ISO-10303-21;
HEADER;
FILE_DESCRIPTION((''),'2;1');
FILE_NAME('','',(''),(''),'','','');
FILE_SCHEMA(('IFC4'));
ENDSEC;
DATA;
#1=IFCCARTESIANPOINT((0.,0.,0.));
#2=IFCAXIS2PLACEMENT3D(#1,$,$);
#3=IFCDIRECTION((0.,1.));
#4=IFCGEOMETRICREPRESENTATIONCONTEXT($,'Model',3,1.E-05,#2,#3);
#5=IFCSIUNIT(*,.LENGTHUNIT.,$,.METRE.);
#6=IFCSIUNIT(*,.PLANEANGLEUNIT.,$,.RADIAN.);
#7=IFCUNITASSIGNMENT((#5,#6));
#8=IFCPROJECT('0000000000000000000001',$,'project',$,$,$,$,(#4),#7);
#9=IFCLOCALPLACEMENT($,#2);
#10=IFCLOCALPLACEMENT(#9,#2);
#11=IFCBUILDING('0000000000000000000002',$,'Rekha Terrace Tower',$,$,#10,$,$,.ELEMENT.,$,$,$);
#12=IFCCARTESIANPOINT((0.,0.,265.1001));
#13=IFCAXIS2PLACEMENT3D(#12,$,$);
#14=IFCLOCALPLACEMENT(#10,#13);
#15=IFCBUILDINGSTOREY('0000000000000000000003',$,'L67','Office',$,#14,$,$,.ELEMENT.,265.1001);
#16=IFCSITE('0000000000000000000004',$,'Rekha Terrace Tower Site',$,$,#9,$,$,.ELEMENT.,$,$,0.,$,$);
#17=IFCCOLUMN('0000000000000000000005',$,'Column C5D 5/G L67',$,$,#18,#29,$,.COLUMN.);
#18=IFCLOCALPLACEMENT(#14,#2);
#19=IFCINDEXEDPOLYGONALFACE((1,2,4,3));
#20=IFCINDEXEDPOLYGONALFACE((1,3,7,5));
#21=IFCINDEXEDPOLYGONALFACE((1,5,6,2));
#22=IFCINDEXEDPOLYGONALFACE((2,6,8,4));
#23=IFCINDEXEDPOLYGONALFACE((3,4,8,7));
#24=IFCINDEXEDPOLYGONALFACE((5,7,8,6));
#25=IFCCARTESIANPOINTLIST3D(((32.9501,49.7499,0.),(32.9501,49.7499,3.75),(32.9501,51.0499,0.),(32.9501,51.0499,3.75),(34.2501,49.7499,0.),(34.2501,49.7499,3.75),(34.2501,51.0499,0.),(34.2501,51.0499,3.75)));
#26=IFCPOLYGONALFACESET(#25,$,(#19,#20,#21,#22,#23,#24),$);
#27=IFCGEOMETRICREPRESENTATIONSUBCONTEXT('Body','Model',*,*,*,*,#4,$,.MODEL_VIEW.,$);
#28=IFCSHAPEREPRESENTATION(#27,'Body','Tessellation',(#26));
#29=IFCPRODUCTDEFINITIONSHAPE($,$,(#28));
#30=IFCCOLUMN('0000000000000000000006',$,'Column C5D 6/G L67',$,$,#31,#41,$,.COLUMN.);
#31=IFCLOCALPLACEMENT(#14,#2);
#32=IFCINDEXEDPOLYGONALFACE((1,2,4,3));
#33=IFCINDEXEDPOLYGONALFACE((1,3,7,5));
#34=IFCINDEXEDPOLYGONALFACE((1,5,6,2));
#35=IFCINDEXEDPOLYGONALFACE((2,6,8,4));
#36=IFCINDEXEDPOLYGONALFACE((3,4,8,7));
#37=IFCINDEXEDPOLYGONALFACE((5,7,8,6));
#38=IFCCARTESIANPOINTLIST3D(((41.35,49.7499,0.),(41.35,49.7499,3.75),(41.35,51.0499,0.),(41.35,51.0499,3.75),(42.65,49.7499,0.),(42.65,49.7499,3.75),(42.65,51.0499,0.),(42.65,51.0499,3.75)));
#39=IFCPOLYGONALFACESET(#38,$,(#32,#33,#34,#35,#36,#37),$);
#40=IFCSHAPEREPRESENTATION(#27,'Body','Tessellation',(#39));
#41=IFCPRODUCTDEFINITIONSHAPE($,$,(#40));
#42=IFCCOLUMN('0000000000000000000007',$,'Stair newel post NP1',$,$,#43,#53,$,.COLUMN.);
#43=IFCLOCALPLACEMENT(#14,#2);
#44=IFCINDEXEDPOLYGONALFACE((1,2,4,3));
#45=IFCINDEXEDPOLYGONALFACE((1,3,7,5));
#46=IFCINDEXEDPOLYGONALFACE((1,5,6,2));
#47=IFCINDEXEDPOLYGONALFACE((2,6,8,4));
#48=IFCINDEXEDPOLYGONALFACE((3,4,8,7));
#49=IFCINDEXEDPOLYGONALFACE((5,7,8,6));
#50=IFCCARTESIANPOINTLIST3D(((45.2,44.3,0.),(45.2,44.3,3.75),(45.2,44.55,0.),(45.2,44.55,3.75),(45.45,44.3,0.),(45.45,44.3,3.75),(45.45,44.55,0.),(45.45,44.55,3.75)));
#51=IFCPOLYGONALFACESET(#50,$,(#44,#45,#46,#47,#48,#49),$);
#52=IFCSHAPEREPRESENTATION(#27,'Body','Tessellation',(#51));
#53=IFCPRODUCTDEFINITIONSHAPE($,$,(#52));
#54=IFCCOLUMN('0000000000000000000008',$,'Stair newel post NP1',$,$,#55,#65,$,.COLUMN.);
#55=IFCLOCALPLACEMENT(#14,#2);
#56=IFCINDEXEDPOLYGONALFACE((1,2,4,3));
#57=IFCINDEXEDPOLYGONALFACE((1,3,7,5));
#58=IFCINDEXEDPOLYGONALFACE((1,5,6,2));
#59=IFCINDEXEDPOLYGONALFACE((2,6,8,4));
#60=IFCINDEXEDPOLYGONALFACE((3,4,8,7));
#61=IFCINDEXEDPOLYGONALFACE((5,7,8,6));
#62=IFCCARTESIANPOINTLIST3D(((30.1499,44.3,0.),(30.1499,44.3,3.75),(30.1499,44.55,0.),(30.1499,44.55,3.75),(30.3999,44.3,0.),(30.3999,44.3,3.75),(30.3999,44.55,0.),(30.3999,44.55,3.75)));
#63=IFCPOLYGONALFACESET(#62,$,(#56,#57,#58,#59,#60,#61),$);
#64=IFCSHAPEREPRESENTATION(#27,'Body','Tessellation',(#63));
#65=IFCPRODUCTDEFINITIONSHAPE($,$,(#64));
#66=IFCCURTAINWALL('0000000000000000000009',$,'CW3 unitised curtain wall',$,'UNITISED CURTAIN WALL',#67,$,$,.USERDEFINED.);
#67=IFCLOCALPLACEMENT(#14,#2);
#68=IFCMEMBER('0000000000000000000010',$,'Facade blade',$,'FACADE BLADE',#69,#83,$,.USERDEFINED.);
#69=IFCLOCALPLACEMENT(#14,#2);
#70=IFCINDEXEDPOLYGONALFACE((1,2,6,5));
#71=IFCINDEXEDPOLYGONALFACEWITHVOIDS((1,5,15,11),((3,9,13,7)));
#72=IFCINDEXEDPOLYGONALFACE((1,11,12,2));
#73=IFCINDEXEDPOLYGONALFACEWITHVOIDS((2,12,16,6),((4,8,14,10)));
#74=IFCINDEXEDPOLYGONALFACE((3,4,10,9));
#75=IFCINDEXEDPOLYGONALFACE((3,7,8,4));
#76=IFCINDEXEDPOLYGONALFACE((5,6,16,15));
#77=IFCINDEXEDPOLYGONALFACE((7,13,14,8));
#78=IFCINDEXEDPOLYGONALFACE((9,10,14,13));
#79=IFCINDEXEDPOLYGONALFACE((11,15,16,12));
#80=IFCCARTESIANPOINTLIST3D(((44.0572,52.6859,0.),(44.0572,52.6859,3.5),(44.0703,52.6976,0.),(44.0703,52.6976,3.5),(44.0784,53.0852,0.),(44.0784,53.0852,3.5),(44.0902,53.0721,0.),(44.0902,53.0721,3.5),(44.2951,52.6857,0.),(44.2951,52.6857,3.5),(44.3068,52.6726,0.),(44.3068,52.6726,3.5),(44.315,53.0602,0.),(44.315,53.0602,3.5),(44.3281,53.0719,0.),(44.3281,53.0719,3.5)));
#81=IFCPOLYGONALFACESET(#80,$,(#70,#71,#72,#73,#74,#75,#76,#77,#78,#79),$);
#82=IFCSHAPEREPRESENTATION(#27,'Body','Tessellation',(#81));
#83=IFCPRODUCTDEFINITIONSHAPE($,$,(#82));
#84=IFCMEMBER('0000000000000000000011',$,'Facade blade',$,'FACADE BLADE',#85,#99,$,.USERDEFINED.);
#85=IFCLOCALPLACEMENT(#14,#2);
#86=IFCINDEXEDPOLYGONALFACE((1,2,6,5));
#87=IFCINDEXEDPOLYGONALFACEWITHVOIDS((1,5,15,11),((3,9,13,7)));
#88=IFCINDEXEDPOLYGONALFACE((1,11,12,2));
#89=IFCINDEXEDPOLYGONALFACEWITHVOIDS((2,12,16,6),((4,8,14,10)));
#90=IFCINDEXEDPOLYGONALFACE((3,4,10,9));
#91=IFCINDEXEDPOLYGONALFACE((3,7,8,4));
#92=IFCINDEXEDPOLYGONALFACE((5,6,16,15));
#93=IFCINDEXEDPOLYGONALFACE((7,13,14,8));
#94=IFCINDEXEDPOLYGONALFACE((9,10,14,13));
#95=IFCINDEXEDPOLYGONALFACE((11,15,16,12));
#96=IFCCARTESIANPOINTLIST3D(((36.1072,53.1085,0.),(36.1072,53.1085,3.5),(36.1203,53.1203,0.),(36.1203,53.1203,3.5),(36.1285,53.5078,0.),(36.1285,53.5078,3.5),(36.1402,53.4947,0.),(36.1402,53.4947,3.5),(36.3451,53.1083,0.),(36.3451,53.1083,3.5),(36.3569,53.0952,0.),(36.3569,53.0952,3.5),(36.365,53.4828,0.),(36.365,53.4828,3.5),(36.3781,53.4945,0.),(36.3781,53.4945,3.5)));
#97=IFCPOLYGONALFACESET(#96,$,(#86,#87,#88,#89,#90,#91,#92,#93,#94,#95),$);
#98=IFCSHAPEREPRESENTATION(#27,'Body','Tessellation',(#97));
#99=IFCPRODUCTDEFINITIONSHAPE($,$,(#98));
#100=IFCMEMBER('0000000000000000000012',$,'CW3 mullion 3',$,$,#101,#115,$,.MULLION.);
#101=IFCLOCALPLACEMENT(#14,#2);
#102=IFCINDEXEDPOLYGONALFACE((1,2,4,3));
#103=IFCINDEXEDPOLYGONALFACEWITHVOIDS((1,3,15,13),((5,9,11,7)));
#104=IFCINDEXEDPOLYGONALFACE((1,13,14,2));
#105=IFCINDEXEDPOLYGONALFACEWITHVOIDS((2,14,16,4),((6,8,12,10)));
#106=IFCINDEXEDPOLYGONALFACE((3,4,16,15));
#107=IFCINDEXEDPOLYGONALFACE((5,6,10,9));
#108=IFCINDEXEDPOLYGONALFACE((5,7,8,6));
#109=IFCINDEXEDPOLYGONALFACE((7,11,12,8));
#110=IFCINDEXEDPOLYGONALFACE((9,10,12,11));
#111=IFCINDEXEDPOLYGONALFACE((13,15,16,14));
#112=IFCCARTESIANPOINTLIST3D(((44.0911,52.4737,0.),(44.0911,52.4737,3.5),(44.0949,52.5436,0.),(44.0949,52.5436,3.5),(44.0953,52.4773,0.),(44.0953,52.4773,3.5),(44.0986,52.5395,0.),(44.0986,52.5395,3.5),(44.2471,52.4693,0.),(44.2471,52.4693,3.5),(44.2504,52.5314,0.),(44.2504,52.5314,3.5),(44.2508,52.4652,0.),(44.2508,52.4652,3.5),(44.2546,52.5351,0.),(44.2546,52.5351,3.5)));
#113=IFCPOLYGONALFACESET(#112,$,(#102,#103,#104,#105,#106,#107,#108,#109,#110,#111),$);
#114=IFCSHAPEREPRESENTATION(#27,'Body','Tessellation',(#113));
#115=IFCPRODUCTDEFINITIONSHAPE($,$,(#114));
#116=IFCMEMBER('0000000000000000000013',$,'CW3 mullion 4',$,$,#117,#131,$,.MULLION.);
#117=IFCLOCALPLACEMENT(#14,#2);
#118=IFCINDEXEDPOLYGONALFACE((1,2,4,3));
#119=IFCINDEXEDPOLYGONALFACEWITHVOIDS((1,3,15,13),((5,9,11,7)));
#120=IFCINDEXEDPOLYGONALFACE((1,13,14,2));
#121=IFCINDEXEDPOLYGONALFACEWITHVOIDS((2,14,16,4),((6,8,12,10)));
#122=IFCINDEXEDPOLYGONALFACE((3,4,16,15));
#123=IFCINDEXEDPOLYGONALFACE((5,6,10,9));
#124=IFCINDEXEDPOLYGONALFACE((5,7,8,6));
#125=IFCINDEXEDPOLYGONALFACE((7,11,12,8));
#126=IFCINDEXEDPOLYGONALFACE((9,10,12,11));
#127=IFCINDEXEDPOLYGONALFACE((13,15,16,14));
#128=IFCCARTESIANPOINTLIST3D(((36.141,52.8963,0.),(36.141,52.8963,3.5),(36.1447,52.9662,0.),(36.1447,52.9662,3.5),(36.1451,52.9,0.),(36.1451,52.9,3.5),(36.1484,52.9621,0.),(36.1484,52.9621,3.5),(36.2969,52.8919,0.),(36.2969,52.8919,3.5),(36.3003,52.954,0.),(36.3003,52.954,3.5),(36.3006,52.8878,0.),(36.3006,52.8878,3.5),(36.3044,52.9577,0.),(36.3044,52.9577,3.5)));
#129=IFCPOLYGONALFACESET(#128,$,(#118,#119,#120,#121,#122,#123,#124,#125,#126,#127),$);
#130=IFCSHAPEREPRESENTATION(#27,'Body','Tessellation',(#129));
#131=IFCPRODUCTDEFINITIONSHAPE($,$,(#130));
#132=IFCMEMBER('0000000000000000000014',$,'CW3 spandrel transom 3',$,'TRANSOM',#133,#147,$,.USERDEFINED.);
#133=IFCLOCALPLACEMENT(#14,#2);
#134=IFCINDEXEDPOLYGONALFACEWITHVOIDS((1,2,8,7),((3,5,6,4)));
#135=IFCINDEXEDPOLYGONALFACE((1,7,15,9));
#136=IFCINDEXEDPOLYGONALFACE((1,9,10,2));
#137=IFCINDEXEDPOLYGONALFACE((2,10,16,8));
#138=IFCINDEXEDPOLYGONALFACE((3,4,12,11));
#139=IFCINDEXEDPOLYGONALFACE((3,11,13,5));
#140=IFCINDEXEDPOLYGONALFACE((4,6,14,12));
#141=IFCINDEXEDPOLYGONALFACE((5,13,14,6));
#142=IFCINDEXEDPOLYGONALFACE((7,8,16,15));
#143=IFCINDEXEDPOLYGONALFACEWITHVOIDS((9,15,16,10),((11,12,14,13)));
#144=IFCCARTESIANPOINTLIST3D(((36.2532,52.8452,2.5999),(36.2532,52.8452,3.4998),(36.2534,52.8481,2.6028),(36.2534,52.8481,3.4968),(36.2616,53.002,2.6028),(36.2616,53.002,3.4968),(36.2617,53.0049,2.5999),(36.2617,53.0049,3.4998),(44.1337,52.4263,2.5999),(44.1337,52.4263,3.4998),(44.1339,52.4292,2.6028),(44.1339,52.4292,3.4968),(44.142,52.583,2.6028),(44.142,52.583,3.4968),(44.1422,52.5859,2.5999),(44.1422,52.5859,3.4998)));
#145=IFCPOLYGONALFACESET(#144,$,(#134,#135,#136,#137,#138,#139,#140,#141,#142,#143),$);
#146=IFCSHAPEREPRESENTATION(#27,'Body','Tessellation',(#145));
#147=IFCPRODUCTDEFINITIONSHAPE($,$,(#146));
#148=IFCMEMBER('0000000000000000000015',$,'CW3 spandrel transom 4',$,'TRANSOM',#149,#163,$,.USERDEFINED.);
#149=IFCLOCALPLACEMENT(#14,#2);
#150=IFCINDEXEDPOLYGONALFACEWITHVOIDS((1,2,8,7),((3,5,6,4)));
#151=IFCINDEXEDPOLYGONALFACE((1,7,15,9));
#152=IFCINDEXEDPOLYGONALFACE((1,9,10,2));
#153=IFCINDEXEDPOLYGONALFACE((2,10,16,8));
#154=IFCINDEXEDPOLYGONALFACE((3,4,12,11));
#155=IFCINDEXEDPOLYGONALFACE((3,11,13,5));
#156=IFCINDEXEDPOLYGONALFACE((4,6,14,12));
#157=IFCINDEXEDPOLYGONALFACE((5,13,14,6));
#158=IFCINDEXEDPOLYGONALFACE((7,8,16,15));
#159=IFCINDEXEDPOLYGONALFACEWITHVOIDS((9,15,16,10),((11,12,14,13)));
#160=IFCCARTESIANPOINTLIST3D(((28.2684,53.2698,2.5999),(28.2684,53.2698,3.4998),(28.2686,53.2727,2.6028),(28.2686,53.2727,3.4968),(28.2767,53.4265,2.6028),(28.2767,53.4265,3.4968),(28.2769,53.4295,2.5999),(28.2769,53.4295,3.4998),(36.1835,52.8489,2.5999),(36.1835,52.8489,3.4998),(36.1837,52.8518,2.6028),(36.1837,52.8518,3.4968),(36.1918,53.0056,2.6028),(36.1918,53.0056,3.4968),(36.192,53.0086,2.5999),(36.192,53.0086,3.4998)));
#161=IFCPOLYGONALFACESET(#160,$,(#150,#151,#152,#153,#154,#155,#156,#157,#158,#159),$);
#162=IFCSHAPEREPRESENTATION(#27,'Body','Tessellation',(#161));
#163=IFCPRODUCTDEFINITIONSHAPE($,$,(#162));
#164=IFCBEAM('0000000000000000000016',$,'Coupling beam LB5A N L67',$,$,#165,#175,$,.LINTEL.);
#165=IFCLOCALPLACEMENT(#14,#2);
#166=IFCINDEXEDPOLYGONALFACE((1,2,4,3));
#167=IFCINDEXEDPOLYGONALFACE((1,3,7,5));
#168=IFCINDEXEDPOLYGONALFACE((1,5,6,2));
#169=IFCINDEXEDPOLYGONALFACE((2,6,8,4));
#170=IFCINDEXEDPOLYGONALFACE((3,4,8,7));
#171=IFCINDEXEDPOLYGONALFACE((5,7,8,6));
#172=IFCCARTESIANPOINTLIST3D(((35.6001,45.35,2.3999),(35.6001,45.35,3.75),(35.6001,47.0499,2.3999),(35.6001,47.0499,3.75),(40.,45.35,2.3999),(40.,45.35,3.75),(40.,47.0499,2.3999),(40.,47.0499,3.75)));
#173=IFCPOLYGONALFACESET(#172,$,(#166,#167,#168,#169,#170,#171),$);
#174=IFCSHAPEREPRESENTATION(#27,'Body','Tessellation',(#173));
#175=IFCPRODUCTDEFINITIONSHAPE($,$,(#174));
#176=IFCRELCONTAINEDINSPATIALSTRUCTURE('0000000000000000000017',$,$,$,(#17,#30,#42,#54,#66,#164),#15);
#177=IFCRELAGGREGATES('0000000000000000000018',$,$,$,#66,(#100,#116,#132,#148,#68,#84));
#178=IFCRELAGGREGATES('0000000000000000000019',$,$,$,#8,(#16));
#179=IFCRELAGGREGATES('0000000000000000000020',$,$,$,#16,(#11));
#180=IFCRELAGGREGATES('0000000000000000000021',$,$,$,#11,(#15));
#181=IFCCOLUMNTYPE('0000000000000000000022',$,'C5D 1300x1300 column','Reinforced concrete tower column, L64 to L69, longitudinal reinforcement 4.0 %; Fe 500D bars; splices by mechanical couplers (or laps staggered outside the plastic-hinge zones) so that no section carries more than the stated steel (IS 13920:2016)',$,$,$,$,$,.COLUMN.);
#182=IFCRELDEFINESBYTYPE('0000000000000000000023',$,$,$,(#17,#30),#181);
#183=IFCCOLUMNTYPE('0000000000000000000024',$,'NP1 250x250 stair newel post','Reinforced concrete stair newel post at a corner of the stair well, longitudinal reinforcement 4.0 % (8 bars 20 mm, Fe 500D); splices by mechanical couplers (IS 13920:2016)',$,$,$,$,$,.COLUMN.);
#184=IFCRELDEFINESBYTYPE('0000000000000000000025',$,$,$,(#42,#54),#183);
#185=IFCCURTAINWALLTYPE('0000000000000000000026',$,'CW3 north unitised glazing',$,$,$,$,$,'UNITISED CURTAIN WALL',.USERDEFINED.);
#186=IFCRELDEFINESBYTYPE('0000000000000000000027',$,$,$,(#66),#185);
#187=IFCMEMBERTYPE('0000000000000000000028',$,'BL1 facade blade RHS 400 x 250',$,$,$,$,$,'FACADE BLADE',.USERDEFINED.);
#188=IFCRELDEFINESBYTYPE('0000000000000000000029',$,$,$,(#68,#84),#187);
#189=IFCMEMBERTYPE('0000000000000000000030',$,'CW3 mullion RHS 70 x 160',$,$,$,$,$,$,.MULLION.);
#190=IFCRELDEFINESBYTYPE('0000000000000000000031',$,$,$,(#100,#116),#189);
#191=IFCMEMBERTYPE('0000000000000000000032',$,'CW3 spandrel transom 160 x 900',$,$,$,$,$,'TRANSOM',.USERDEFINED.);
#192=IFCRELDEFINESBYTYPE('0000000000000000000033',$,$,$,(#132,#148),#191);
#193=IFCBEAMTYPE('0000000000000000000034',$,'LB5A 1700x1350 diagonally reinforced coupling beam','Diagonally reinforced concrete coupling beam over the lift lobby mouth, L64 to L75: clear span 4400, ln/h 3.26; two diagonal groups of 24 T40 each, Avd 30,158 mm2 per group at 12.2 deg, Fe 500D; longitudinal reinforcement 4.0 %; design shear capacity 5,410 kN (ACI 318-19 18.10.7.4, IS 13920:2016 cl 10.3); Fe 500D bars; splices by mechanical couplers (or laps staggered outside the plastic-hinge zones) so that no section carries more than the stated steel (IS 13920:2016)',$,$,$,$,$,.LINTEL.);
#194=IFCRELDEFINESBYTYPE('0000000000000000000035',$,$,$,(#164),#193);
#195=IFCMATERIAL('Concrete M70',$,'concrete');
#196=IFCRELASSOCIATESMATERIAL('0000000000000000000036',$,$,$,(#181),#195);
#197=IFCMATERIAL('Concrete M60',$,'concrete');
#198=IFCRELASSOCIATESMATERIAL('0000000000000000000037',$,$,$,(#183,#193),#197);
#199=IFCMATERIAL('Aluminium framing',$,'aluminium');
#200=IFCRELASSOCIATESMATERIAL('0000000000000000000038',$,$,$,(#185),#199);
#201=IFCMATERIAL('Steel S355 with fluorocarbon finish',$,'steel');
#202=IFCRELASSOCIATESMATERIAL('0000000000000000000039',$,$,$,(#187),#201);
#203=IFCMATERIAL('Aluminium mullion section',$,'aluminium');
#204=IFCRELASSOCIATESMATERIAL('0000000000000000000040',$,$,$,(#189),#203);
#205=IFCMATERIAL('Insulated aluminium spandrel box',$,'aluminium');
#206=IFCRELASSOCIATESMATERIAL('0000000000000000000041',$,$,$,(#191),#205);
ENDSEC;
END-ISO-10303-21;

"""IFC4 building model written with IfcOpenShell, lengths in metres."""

from ifc_helpers import new_model, si_unit, direction, frame, origin, origin_2d, place, context, subcontext, project, spatial, rectangle, hollow_rectangle, extrude, material, material_profile, profile_set, type_object, element, aggregate, save


model = new_model("IFC4")

# Units and contexts
model_context = context("Model", 3, precision=1e-05, world=origin(), true_north=direction((0.0, 1.0)))
body_context = subcontext(model_context, "Body", "Model", "MODEL_VIEW")
ifc_project = project(units=[si_unit("LENGTHUNIT", "METRE"), si_unit("PLANEANGLEUNIT", "RADIAN")], contexts=[model_context])

# Site, building, storey
site_placement = place(None, origin())
site = spatial("IfcSite", under=ifc_project, at=site_placement, Name="Rekha Terrace Tower Site", CompositionType="ELEMENT", RefElevation=0.0)
building_placement = place(site_placement, origin())
building = spatial("IfcBuilding", under=site, at=building_placement, Name="Rekha Terrace Tower", CompositionType="ELEMENT")
storey_placement = place(building_placement, frame((0.0, 0.0, 265.1001)))
storey = spatial("IfcBuildingStorey", under=building, at=storey_placement, Name="L67", Description="Office", CompositionType="ELEMENT", Elevation=265.1001)

# Columns
ifc_material_1 = material(Name="Concrete M70", Category="concrete")
ifc_material_profile_1 = material_profile(ifc_material_1, rectangle(XDim=1.3, YDim=1.3, at=origin_2d()), Name="RC 1300x1300")
ifc_profile_set_1 = profile_set([ifc_material_profile_1], Name="Concrete M70")
column_type_1 = type_object("IfcColumnType", Name="C5D 1300x1300 column", Description="Reinforced concrete tower column, L64 to L69, longitudinal reinforcement 4.0 %; Fe 500D bars; splices by mechanical couplers (or laps staggered outside the plastic-hinge zones) so that no section carries more than the stated steel (IS 13920:2016)", PredefinedType="COLUMN", material=ifc_profile_set_1)
for number, where, z_axis, x_axis, name in (
    (1, (33.6001, 50.3999, 0.0), (0.0, 0.0, 1.0), (1.0, 0.0, 0.0), "Column C5D 5/G L67"),
    (2, (42.0, 50.3999, 0.0), (0.0, 0.0, 1.0), (1.0, 0.0, 0.0), "Column C5D 6/G L67"),
):
    element("IfcColumn", number, at=place(storey_placement, frame(where, z_axis=z_axis, x_axis=x_axis)), inside=storey, type_object=column_type_1, Name=name, PredefinedType="COLUMN", context=body_context, shape_type="SweptSolid", body=[
        extrude(rectangle(XDim=1.3, YDim=1.3, at=origin_2d()), origin(), (0.0, 0.0, 1.0), 3.75),
    ])
ifc_material_2 = material(Name="Concrete M60", Category="concrete")
ifc_material_profile_2 = material_profile(ifc_material_2, rectangle(XDim=0.25, YDim=0.25, at=origin_2d()), Name="RC 250x250")
ifc_profile_set_2 = profile_set([ifc_material_profile_2], Name="Concrete M60")
column_type_2 = type_object("IfcColumnType", Name="NP1 250x250 stair newel post", Description="Reinforced concrete stair newel post at a corner of the stair well, longitudinal reinforcement 4.0 % (8 bars 20 mm, Fe 500D); splices by mechanical couplers (IS 13920:2016)", PredefinedType="COLUMN", material=ifc_profile_set_2)
for number, where, z_axis, x_axis, name in (
    (3, (45.325, 44.425, 0.0), (0.0, 0.0, 1.0), (1.0, 0.0, 0.0), "Stair newel post NP1"),
    (4, (30.2749, 44.425, 0.0), (0.0, 0.0, 1.0), (1.0, 0.0, 0.0), "Stair newel post NP1"),
):
    element("IfcColumn", number, at=place(storey_placement, frame(where, z_axis=z_axis, x_axis=x_axis)), inside=storey, type_object=column_type_2, Name=name, PredefinedType="COLUMN", context=body_context, shape_type="SweptSolid", body=[
        extrude(rectangle(XDim=0.25, YDim=0.25, at=origin_2d()), origin(), (0.0, 0.0, 1.0), 3.75),
    ])

# Curtain wall, members
ifc_material_3 = material(Name="Aluminium framing", Category="aluminium")
curtain_wall_type = type_object("IfcCurtainWallType", Name="CW3 north unitised glazing", ElementType="UNITISED CURTAIN WALL", PredefinedType="USERDEFINED", material=ifc_material_3)
curtain_wall_placement = place(storey_placement, origin())
curtain_wall = element("IfcCurtainWall", 5, at=curtain_wall_placement, inside=storey, type_object=curtain_wall_type, Name="CW3 unitised curtain wall", ObjectType="UNITISED CURTAIN WALL", PredefinedType="USERDEFINED")
ifc_material_4 = material(Name="Steel S355 with fluorocarbon finish", Category="steel")
ifc_material_profile_3 = material_profile(ifc_material_4, hollow_rectangle(XDim=0.25, YDim=0.3999, WallThickness=0.0125, at=origin_2d()), Name="RHS400x250x12.5")
ifc_profile_set_3 = profile_set([ifc_material_profile_3], Name="Steel S355 with fluorocarbon finish")
member_type_1 = type_object("IfcMemberType", Name="BL1 facade blade RHS 400 x 250", ElementType="FACADE BLADE", PredefinedType="USERDEFINED", material=ifc_profile_set_3)
member_1_placement = place(storey_placement, frame((44.1926, 52.8789, 0.0), z_axis=(0.0, 0.0, 1.0), x_axis=(-0.99859, 0.053084, 0.0)))
member_1 = element("IfcMember", 6, at=member_1_placement, type_object=member_type_1, Name="Facade blade", ObjectType="FACADE BLADE", PredefinedType="USERDEFINED", context=body_context, shape_type="SweptSolid", body=[
    extrude(hollow_rectangle(XDim=0.25, YDim=0.3999, WallThickness=0.0125, at=origin_2d()), origin(), (0.0, 0.0, 1.0), 3.5),
])
member_2_placement = place(storey_placement, frame((36.2427, 53.3015, 0.0), z_axis=(0.0, 0.0, 1.0), x_axis=(-0.99859, 0.053084, 0.0)))
member_2 = element("IfcMember", 7, at=member_2_placement, type_object=member_type_1, Name="Facade blade", ObjectType="FACADE BLADE", PredefinedType="USERDEFINED", context=body_context, shape_type="SweptSolid", body=[
    extrude(hollow_rectangle(XDim=0.25, YDim=0.3999, WallThickness=0.0125, at=origin_2d()), origin(), (0.0, 0.0, 1.0), 3.5),
])
ifc_material_5 = material(Name="Aluminium mullion section", Category="aluminium")
ifc_material_profile_4 = material_profile(ifc_material_5, hollow_rectangle(XDim=0.0701, YDim=0.1599, WallThickness=0.0039, at=origin_2d()), Name="AL RHS 70x160")
ifc_profile_set_4 = profile_set([ifc_material_profile_4], Name="Aluminium mullion section")
member_type_2 = type_object("IfcMemberType", Name="CW3 mullion RHS 70 x 160", PredefinedType="MULLION", material=ifc_profile_set_4)
member_3_placement = place(storey_placement, frame((44.1729, 52.5044, 0.0), z_axis=(0.0, 0.0, 1.0), x_axis=(-0.053083, -0.99859, 0.0)))
member_3 = element("IfcMember", 8, at=member_3_placement, type_object=member_type_2, Name="CW3 mullion 3", PredefinedType="MULLION", context=body_context, shape_type="SweptSolid", body=[
    extrude(hollow_rectangle(XDim=0.0701, YDim=0.1599, WallThickness=0.0039, at=origin_2d()), origin(), (0.0, 0.0, 1.0), 3.5),
])
member_4_placement = place(storey_placement, frame((36.2227, 52.927, 0.0), z_axis=(0.0, 0.0, 1.0), x_axis=(-0.053083, -0.99859, 0.0)))
member_4 = element("IfcMember", 9, at=member_4_placement, type_object=member_type_2, Name="CW3 mullion 4", PredefinedType="MULLION", context=body_context, shape_type="SweptSolid", body=[
    extrude(hollow_rectangle(XDim=0.0701, YDim=0.1599, WallThickness=0.0039, at=origin_2d()), origin(), (0.0, 0.0, 1.0), 3.5),
])
ifc_material_6 = material(Name="Insulated aluminium spandrel box", Category="aluminium")
ifc_material_profile_5 = material_profile(ifc_material_6, hollow_rectangle(XDim=0.1599, YDim=0.8999, WallThickness=0.0029, at=origin_2d()), Name="AL SPANDREL BOX 160x900")
ifc_profile_set_5 = profile_set([ifc_material_profile_5], Name="Insulated aluminium spandrel box")
member_type_3 = type_object("IfcMemberType", Name="CW3 spandrel transom 160 x 900", ElementType="TRANSOM", PredefinedType="USERDEFINED", material=ifc_profile_set_5)
member_5_placement = place(storey_placement, frame((44.1379, 52.5061, 3.0498), z_axis=(-0.99859, 0.053088, 0.0), x_axis=(-0.053088, -0.99859, 0.0)))
member_5 = element("IfcMember", 10, at=member_5_placement, type_object=member_type_3, Name="CW3 spandrel transom 3", ObjectType="TRANSOM", PredefinedType="USERDEFINED", context=body_context, shape_type="SweptSolid", body=[
    extrude(hollow_rectangle(XDim=0.1599, YDim=0.8999, WallThickness=0.0029, at=origin_2d()), origin(), (0.0, 0.0, 1.0), 7.8916),
])
member_6_placement = place(storey_placement, frame((36.1877, 52.9287, 3.0498), z_axis=(-0.998589, 0.053102, 0.0), x_axis=(-0.053102, -0.998589, 0.0)))
member_6 = element("IfcMember", 11, at=member_6_placement, type_object=member_type_3, Name="CW3 spandrel transom 4", ObjectType="TRANSOM", PredefinedType="USERDEFINED", context=body_context, shape_type="SweptSolid", body=[
    extrude(hollow_rectangle(XDim=0.1599, YDim=0.8999, WallThickness=0.0029, at=origin_2d()), origin(), (0.0, 0.0, 1.0), 7.9263),
])

# Beam
ifc_material_profile_6 = material_profile(ifc_material_2, rectangle(XDim=1.7, YDim=1.3501, at=origin_2d()), Name="RC 1700x1350")
ifc_profile_set_6 = profile_set([ifc_material_profile_6], Name="Concrete M60")
beam_type = type_object("IfcBeamType", Name="LB5A 1700x1350 diagonally reinforced coupling beam", Description="Diagonally reinforced concrete coupling beam over the lift lobby mouth, L64 to L75: clear span 4400, ln/h 3.26; two diagonal groups of 24 T40 each, Avd 30,158 mm2 per group at 12.2 deg, Fe 500D; longitudinal reinforcement 4.0 %; design shear capacity 5,410 kN (ACI 318-19 18.10.7.4, IS 13920:2016 cl 10.3); Fe 500D bars; splices by mechanical couplers (or laps staggered outside the plastic-hinge zones) so that no section carries more than the stated steel (IS 13920:2016)", PredefinedType="LINTEL", material=ifc_profile_set_6)
beam_placement = place(storey_placement, frame((35.6001, 46.2, 3.075), z_axis=(1.0, 0.0, 0.0), x_axis=(0.0, 1.0, 0.0)))
element("IfcBeam", 12, at=beam_placement, inside=storey, type_object=beam_type, Name="Coupling beam LB5A N L67", PredefinedType="LINTEL", context=body_context, shape_type="SweptSolid", body=[
    extrude(rectangle(XDim=1.7, YDim=1.3501, at=origin_2d()), origin(), (0.0, 0.0, 1.0), 4.3999),
])

aggregate(curtain_wall, [member_3, member_4, member_5, member_6, member_1, member_2])

save(model, "model.ifc")
